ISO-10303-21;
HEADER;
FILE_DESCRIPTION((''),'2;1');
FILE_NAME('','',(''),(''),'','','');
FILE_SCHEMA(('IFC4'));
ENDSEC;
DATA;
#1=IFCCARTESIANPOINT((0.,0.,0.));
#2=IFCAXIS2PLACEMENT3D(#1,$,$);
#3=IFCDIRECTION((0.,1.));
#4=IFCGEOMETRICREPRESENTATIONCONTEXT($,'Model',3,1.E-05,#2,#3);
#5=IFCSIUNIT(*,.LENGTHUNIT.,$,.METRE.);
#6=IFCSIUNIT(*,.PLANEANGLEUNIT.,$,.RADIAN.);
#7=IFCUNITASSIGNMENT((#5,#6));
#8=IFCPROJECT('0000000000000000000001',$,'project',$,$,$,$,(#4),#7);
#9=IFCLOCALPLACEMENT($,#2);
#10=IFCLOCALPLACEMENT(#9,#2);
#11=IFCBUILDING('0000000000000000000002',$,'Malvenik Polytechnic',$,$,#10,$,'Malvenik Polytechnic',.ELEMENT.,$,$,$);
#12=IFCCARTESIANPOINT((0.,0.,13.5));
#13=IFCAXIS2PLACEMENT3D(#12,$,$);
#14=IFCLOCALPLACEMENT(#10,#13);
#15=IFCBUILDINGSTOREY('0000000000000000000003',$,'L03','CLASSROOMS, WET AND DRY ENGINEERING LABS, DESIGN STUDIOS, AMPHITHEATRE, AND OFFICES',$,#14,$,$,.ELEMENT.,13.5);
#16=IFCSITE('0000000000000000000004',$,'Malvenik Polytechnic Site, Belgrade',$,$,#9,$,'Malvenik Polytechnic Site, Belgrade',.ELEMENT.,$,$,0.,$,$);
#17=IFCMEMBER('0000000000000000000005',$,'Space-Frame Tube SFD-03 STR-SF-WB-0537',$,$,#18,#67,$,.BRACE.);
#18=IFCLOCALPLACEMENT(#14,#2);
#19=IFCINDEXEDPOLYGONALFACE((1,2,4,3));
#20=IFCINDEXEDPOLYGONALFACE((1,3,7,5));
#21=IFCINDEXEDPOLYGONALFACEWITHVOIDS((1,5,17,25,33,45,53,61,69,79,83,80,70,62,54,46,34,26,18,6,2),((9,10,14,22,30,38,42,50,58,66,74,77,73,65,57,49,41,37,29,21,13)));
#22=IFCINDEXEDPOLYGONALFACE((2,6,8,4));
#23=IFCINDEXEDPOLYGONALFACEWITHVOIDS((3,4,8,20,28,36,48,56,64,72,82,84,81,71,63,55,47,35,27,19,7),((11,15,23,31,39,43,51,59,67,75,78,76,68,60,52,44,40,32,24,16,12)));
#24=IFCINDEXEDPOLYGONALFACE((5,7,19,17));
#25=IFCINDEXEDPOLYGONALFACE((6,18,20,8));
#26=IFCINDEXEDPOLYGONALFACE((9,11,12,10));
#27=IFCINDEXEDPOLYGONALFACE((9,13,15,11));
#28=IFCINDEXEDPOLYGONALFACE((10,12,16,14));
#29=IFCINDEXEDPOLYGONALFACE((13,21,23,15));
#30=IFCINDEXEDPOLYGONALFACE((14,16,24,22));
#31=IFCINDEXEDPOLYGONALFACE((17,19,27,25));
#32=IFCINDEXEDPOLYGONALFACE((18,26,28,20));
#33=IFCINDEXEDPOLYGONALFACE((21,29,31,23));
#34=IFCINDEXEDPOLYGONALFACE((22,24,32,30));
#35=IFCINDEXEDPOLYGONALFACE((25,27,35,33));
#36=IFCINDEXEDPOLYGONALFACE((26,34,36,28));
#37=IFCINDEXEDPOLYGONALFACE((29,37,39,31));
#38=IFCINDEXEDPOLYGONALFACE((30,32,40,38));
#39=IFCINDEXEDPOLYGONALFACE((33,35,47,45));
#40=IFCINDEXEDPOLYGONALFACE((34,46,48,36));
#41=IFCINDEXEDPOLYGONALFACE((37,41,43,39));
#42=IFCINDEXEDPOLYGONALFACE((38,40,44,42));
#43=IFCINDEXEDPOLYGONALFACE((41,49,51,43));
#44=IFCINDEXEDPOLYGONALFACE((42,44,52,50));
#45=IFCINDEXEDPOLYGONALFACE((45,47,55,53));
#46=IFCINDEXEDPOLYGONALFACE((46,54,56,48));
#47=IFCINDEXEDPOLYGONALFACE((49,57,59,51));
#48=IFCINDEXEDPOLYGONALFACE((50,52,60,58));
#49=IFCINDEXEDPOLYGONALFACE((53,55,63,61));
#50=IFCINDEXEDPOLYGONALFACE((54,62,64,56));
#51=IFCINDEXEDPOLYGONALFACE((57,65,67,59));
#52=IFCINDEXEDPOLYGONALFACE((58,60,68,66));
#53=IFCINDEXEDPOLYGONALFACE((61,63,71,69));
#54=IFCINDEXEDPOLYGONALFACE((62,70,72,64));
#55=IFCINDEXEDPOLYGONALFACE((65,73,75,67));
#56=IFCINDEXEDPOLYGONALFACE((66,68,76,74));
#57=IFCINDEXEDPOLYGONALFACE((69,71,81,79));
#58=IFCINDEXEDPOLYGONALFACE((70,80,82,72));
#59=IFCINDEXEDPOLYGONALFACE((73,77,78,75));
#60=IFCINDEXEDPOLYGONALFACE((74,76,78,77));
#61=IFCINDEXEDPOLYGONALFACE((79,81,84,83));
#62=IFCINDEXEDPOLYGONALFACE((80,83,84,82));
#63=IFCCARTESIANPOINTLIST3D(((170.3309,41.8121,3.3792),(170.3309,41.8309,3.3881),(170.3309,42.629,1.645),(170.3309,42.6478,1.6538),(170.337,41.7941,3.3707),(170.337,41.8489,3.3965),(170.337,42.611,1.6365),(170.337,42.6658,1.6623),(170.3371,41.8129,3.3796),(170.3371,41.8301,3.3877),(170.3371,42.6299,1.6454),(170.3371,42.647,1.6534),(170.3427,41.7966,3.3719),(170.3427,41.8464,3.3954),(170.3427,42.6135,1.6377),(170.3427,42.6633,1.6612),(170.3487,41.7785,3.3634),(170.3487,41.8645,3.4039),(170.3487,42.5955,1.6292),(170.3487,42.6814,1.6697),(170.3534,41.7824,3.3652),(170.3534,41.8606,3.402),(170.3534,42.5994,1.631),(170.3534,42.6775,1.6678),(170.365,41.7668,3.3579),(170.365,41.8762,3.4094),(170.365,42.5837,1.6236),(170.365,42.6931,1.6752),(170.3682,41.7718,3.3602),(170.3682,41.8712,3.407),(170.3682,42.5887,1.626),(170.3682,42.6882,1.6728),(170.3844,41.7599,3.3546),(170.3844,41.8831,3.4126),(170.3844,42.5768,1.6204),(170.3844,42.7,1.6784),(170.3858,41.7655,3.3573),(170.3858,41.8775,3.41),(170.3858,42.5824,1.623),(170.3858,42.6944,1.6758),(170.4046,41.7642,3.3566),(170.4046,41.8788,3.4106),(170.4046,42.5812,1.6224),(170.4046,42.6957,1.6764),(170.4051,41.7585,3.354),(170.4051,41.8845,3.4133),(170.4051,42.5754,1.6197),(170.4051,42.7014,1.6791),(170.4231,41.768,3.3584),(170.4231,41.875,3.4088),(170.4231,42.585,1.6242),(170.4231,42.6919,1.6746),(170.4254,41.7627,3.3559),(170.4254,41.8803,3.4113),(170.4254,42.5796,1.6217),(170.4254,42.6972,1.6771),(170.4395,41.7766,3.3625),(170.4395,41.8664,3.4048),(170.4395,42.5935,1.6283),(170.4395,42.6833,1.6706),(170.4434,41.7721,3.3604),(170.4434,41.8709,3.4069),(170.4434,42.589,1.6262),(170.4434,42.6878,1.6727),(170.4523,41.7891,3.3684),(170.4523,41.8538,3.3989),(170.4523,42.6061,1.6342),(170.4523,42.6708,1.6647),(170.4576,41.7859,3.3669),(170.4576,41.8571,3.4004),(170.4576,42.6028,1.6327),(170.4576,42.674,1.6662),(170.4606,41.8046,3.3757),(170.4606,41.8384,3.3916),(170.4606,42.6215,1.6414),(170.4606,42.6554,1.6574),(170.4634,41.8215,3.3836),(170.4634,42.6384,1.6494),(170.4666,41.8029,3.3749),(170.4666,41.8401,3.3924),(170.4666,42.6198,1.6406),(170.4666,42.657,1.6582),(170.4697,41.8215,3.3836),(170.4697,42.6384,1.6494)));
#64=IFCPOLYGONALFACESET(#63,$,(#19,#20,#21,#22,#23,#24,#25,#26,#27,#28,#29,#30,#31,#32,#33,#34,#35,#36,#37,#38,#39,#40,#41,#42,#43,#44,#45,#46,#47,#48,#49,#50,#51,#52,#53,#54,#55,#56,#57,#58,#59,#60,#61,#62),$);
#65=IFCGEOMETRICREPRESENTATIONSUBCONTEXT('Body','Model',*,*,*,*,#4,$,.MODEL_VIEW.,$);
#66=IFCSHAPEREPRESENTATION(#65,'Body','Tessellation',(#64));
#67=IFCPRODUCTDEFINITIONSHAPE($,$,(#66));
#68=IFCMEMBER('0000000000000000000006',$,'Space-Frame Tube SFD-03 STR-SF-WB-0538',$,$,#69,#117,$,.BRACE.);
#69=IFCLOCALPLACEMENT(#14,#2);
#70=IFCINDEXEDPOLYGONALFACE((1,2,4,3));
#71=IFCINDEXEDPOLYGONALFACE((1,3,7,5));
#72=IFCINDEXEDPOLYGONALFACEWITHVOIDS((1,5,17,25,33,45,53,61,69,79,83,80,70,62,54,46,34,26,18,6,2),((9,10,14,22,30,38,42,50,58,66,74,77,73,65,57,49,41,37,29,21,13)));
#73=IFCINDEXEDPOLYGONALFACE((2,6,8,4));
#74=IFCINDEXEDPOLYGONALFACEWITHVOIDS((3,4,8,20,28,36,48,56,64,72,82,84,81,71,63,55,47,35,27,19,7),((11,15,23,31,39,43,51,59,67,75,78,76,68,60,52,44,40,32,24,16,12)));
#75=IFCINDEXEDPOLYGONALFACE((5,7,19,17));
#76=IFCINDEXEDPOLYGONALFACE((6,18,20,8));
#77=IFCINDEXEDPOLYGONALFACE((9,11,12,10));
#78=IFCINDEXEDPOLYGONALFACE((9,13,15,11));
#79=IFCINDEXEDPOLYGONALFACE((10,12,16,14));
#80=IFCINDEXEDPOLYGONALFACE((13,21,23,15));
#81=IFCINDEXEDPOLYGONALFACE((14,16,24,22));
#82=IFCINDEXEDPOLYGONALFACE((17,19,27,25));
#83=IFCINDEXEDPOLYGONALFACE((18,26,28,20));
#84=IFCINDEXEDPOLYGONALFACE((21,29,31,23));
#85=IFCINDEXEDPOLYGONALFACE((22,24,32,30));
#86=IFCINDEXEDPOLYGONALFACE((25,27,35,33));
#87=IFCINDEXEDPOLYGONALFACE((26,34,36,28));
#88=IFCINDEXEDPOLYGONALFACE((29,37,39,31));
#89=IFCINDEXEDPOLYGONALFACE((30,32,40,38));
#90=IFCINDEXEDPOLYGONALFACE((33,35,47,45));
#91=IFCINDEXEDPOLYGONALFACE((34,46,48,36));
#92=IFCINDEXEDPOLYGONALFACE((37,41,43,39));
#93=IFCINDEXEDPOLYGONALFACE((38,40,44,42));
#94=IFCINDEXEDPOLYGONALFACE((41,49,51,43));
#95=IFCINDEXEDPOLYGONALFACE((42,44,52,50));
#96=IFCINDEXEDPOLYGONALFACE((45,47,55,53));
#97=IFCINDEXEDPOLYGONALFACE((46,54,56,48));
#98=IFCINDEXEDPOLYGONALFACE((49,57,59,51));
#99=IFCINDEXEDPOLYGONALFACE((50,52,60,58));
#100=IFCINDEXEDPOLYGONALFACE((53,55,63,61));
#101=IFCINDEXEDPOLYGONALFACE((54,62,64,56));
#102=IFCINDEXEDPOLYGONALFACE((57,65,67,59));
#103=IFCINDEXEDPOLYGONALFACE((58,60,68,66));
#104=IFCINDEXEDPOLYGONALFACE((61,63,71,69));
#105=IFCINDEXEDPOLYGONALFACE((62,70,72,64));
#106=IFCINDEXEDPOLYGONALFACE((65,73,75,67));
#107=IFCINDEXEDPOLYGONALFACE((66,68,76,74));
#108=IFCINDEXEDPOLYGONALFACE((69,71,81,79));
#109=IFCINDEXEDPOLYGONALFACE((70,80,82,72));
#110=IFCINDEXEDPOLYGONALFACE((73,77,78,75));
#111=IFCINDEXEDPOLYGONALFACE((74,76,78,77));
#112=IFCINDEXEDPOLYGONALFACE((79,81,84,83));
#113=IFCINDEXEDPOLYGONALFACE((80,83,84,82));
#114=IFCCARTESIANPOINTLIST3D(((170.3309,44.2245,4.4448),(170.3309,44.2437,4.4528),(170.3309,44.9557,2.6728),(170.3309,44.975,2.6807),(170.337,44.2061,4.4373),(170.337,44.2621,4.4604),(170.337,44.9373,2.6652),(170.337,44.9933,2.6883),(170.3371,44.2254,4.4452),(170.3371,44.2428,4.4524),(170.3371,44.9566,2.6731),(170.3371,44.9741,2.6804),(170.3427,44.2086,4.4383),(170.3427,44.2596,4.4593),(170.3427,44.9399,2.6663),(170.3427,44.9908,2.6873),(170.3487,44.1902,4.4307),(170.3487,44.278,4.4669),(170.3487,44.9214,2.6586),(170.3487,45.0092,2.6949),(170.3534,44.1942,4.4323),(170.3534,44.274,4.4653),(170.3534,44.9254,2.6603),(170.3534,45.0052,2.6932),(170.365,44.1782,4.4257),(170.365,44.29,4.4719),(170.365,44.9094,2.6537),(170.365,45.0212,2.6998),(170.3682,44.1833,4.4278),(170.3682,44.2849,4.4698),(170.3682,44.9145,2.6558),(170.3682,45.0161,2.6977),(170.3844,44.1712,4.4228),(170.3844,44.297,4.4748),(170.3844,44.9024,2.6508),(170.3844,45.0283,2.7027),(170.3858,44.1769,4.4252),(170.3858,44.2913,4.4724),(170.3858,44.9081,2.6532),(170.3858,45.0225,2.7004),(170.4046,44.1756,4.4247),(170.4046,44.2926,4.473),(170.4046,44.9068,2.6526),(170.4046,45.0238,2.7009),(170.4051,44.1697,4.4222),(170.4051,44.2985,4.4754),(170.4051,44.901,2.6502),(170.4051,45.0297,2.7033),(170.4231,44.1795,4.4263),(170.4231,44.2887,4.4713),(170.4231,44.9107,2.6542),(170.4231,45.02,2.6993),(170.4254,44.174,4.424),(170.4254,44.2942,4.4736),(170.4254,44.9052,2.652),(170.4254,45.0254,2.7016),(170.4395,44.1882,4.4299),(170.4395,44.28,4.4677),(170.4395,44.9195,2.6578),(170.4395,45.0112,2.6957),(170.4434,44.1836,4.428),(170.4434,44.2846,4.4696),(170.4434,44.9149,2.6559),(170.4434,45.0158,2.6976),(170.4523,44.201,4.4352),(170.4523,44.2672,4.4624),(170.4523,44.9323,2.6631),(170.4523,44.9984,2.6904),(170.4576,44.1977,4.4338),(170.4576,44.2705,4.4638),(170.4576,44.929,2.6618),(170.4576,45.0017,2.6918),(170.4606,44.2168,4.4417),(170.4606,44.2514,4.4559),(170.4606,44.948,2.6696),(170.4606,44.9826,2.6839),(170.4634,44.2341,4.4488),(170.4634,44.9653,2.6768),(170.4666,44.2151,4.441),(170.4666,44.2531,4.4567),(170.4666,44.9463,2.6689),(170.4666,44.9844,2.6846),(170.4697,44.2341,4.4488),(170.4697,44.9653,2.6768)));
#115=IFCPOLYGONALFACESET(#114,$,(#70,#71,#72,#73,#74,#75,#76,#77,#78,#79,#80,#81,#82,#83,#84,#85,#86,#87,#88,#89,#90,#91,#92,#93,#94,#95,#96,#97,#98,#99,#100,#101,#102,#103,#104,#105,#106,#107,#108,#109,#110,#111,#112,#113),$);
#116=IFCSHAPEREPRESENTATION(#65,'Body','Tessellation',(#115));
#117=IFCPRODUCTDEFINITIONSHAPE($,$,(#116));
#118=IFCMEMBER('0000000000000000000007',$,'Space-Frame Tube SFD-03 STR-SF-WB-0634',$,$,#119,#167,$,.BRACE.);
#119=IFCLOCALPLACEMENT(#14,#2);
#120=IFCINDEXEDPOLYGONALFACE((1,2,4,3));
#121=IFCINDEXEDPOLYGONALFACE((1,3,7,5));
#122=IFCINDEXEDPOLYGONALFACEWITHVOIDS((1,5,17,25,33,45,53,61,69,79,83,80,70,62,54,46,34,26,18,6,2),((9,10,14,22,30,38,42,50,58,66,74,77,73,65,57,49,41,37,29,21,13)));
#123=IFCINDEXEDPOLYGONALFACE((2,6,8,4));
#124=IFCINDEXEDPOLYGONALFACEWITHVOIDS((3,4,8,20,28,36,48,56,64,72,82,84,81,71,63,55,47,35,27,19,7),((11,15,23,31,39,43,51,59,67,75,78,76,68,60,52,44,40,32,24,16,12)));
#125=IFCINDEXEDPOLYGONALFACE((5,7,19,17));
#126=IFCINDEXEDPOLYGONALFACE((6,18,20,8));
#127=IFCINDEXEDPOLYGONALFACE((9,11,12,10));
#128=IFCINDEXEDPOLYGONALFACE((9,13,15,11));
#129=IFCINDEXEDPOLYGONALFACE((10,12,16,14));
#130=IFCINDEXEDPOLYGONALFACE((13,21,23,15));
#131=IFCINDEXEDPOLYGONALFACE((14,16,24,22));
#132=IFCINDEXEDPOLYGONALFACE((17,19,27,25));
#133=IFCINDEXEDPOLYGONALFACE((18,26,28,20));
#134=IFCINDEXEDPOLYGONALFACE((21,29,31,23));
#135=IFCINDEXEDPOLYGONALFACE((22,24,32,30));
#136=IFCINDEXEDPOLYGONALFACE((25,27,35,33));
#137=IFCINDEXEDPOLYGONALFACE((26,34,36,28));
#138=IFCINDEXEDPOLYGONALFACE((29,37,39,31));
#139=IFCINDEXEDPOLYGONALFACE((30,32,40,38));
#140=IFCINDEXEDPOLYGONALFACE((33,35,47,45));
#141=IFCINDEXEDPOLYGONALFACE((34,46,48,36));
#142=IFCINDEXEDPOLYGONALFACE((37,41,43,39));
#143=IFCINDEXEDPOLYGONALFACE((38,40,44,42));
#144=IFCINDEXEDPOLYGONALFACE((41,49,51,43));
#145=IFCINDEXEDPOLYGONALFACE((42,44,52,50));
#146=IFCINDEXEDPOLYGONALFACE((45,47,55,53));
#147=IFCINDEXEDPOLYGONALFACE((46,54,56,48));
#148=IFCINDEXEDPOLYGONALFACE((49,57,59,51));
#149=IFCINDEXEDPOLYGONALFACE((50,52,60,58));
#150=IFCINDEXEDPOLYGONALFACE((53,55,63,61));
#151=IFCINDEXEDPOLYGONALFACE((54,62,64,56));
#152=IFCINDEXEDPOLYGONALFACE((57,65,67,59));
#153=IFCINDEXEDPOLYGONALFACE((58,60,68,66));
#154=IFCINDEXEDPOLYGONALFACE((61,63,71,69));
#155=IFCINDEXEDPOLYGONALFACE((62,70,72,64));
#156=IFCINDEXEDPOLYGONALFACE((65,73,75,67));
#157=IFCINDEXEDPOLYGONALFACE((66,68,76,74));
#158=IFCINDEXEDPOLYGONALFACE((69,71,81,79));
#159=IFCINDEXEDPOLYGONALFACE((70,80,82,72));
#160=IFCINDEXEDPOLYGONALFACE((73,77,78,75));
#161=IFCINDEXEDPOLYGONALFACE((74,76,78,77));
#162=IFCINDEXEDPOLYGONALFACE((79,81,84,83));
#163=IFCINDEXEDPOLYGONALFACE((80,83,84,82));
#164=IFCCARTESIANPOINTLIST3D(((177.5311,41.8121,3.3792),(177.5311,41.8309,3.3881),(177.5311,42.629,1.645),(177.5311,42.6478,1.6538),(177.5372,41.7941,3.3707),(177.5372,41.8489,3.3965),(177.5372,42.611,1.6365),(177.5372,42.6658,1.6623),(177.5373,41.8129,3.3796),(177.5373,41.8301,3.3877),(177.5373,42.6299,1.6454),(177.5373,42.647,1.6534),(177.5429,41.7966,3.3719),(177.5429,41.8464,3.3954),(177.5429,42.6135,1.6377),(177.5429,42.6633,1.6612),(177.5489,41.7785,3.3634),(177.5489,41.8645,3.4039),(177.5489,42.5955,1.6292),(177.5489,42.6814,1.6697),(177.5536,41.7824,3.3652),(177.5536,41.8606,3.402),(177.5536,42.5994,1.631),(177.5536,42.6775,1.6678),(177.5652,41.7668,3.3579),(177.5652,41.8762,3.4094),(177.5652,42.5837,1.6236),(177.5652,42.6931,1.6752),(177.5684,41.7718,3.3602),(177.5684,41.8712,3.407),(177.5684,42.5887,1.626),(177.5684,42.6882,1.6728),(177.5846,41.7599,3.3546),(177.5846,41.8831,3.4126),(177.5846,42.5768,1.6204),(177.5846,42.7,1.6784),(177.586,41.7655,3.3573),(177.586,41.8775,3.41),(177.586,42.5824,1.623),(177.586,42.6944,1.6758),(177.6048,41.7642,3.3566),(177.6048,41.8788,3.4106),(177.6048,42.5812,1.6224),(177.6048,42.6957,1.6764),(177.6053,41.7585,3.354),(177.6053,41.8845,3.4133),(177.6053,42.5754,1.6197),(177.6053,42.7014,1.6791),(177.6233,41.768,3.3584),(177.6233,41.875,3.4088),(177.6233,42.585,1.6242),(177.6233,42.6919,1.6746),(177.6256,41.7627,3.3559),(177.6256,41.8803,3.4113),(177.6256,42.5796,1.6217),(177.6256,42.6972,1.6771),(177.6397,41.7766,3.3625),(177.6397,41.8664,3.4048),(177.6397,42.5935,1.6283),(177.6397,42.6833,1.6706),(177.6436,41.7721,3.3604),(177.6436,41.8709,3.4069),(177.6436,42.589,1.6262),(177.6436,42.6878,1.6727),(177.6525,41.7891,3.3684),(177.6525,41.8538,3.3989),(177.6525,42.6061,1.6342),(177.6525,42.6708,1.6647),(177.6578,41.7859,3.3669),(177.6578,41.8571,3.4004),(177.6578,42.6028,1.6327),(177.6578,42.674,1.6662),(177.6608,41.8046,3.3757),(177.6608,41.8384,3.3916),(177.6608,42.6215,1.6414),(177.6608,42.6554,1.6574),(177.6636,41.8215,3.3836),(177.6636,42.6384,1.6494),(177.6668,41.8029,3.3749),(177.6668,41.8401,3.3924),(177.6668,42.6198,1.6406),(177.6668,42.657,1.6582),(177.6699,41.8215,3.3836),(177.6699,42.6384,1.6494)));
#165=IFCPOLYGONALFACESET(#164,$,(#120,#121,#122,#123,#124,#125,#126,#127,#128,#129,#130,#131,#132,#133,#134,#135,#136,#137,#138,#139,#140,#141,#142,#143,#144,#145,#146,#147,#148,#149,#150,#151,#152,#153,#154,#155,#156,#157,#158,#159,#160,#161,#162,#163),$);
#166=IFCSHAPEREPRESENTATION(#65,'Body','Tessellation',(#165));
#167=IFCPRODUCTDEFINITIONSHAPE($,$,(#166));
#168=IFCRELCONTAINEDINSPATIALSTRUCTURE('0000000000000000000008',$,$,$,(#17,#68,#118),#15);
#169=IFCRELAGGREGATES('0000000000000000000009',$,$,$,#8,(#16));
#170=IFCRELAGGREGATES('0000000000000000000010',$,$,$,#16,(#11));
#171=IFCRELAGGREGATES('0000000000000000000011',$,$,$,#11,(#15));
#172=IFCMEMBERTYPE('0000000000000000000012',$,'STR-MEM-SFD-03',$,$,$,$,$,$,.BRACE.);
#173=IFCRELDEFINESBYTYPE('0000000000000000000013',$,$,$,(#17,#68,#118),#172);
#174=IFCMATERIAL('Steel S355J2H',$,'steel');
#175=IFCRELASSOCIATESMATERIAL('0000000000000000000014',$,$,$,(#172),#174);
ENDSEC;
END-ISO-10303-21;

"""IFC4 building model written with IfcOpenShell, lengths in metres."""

from ifc_helpers import new_model, si_unit, direction, frame, origin, origin_2d, place, context, subcontext, project, spatial, hollow_circle, extrude, material, material_profile, profile_set, type_object, element, save


model = new_model("IFC4")

# Units and contexts
model_context = context("Model", 3, precision=1e-05, world=origin(), true_north=direction((0.0, 1.0)))
body_context = subcontext(model_context, "Body", "Model", "MODEL_VIEW")
ifc_project = project(units=[si_unit("LENGTHUNIT", "METRE"), si_unit("PLANEANGLEUNIT", "RADIAN")], contexts=[model_context])

# Site, building, storey
site_placement = place(None, origin())
site = spatial("IfcSite", under=ifc_project, at=site_placement, Name="Malvenik Polytechnic Site, Belgrade", LongName="Malvenik Polytechnic Site, Belgrade", CompositionType="ELEMENT", RefElevation=0.0)
building_placement = place(site_placement, origin())
building = spatial("IfcBuilding", under=site, at=building_placement, Name="Malvenik Polytechnic", LongName="Malvenik Polytechnic", CompositionType="ELEMENT")
storey_placement = place(building_placement, frame((0.0, 0.0, 13.5)))
storey = spatial("IfcBuildingStorey", under=building, at=storey_placement, Name="L03", Description="CLASSROOMS, WET AND DRY ENGINEERING LABS, DESIGN STUDIOS, AMPHITHEATRE, AND OFFICES", CompositionType="ELEMENT", Elevation=13.5)

# Members
ifc_material_1 = material(Name="Steel S355J2H", Category="steel")
ifc_material_profile_1 = material_profile(ifc_material_1, hollow_circle(Radius=0.0698, WallThickness=0.0063, at=origin_2d()), Name="CHS 139.7x6.3")
ifc_profile_set_1 = profile_set([ifc_material_profile_1], Name="Steel S355J2H")
member_type_1 = type_object("IfcMemberType", Name="STR-MEM-SFD-03", PredefinedType="BRACE", material=ifc_profile_set_1)
for number, where, z_axis, x_axis, name in (
    (1, (170.3999, 42.6384, 1.6494), (0.0, -0.426153, 0.904651), (1.0, 0.0, 0.0), "Space-Frame Tube SFD-03 STR-SF-WB-0537"),
    (2, (170.3999, 44.9653, 2.6768), (0.0, -0.381448, 0.92439), (1.0, 0.0, 0.0), "Space-Frame Tube SFD-03 STR-SF-WB-0538"),
    (3, (177.6001, 42.6384, 1.6494), (0.0, -0.426153, 0.904651), (1.0, 0.0, 0.0), "Space-Frame Tube SFD-03 STR-SF-WB-0634"),
):
    element("IfcMember", number, at=place(storey_placement, frame(where, z_axis=z_axis, x_axis=x_axis)), inside=storey, type_object=member_type_1, Name=name, PredefinedType="BRACE", context=body_context, shape_type="SweptSolid", body=[
        extrude(hollow_circle(Radius=0.0698, WallThickness=0.0063, at=origin_2d()), origin(), (0.0, 0.0, 1.0), 1.917),
    ])

save(model, "model.ifc")
